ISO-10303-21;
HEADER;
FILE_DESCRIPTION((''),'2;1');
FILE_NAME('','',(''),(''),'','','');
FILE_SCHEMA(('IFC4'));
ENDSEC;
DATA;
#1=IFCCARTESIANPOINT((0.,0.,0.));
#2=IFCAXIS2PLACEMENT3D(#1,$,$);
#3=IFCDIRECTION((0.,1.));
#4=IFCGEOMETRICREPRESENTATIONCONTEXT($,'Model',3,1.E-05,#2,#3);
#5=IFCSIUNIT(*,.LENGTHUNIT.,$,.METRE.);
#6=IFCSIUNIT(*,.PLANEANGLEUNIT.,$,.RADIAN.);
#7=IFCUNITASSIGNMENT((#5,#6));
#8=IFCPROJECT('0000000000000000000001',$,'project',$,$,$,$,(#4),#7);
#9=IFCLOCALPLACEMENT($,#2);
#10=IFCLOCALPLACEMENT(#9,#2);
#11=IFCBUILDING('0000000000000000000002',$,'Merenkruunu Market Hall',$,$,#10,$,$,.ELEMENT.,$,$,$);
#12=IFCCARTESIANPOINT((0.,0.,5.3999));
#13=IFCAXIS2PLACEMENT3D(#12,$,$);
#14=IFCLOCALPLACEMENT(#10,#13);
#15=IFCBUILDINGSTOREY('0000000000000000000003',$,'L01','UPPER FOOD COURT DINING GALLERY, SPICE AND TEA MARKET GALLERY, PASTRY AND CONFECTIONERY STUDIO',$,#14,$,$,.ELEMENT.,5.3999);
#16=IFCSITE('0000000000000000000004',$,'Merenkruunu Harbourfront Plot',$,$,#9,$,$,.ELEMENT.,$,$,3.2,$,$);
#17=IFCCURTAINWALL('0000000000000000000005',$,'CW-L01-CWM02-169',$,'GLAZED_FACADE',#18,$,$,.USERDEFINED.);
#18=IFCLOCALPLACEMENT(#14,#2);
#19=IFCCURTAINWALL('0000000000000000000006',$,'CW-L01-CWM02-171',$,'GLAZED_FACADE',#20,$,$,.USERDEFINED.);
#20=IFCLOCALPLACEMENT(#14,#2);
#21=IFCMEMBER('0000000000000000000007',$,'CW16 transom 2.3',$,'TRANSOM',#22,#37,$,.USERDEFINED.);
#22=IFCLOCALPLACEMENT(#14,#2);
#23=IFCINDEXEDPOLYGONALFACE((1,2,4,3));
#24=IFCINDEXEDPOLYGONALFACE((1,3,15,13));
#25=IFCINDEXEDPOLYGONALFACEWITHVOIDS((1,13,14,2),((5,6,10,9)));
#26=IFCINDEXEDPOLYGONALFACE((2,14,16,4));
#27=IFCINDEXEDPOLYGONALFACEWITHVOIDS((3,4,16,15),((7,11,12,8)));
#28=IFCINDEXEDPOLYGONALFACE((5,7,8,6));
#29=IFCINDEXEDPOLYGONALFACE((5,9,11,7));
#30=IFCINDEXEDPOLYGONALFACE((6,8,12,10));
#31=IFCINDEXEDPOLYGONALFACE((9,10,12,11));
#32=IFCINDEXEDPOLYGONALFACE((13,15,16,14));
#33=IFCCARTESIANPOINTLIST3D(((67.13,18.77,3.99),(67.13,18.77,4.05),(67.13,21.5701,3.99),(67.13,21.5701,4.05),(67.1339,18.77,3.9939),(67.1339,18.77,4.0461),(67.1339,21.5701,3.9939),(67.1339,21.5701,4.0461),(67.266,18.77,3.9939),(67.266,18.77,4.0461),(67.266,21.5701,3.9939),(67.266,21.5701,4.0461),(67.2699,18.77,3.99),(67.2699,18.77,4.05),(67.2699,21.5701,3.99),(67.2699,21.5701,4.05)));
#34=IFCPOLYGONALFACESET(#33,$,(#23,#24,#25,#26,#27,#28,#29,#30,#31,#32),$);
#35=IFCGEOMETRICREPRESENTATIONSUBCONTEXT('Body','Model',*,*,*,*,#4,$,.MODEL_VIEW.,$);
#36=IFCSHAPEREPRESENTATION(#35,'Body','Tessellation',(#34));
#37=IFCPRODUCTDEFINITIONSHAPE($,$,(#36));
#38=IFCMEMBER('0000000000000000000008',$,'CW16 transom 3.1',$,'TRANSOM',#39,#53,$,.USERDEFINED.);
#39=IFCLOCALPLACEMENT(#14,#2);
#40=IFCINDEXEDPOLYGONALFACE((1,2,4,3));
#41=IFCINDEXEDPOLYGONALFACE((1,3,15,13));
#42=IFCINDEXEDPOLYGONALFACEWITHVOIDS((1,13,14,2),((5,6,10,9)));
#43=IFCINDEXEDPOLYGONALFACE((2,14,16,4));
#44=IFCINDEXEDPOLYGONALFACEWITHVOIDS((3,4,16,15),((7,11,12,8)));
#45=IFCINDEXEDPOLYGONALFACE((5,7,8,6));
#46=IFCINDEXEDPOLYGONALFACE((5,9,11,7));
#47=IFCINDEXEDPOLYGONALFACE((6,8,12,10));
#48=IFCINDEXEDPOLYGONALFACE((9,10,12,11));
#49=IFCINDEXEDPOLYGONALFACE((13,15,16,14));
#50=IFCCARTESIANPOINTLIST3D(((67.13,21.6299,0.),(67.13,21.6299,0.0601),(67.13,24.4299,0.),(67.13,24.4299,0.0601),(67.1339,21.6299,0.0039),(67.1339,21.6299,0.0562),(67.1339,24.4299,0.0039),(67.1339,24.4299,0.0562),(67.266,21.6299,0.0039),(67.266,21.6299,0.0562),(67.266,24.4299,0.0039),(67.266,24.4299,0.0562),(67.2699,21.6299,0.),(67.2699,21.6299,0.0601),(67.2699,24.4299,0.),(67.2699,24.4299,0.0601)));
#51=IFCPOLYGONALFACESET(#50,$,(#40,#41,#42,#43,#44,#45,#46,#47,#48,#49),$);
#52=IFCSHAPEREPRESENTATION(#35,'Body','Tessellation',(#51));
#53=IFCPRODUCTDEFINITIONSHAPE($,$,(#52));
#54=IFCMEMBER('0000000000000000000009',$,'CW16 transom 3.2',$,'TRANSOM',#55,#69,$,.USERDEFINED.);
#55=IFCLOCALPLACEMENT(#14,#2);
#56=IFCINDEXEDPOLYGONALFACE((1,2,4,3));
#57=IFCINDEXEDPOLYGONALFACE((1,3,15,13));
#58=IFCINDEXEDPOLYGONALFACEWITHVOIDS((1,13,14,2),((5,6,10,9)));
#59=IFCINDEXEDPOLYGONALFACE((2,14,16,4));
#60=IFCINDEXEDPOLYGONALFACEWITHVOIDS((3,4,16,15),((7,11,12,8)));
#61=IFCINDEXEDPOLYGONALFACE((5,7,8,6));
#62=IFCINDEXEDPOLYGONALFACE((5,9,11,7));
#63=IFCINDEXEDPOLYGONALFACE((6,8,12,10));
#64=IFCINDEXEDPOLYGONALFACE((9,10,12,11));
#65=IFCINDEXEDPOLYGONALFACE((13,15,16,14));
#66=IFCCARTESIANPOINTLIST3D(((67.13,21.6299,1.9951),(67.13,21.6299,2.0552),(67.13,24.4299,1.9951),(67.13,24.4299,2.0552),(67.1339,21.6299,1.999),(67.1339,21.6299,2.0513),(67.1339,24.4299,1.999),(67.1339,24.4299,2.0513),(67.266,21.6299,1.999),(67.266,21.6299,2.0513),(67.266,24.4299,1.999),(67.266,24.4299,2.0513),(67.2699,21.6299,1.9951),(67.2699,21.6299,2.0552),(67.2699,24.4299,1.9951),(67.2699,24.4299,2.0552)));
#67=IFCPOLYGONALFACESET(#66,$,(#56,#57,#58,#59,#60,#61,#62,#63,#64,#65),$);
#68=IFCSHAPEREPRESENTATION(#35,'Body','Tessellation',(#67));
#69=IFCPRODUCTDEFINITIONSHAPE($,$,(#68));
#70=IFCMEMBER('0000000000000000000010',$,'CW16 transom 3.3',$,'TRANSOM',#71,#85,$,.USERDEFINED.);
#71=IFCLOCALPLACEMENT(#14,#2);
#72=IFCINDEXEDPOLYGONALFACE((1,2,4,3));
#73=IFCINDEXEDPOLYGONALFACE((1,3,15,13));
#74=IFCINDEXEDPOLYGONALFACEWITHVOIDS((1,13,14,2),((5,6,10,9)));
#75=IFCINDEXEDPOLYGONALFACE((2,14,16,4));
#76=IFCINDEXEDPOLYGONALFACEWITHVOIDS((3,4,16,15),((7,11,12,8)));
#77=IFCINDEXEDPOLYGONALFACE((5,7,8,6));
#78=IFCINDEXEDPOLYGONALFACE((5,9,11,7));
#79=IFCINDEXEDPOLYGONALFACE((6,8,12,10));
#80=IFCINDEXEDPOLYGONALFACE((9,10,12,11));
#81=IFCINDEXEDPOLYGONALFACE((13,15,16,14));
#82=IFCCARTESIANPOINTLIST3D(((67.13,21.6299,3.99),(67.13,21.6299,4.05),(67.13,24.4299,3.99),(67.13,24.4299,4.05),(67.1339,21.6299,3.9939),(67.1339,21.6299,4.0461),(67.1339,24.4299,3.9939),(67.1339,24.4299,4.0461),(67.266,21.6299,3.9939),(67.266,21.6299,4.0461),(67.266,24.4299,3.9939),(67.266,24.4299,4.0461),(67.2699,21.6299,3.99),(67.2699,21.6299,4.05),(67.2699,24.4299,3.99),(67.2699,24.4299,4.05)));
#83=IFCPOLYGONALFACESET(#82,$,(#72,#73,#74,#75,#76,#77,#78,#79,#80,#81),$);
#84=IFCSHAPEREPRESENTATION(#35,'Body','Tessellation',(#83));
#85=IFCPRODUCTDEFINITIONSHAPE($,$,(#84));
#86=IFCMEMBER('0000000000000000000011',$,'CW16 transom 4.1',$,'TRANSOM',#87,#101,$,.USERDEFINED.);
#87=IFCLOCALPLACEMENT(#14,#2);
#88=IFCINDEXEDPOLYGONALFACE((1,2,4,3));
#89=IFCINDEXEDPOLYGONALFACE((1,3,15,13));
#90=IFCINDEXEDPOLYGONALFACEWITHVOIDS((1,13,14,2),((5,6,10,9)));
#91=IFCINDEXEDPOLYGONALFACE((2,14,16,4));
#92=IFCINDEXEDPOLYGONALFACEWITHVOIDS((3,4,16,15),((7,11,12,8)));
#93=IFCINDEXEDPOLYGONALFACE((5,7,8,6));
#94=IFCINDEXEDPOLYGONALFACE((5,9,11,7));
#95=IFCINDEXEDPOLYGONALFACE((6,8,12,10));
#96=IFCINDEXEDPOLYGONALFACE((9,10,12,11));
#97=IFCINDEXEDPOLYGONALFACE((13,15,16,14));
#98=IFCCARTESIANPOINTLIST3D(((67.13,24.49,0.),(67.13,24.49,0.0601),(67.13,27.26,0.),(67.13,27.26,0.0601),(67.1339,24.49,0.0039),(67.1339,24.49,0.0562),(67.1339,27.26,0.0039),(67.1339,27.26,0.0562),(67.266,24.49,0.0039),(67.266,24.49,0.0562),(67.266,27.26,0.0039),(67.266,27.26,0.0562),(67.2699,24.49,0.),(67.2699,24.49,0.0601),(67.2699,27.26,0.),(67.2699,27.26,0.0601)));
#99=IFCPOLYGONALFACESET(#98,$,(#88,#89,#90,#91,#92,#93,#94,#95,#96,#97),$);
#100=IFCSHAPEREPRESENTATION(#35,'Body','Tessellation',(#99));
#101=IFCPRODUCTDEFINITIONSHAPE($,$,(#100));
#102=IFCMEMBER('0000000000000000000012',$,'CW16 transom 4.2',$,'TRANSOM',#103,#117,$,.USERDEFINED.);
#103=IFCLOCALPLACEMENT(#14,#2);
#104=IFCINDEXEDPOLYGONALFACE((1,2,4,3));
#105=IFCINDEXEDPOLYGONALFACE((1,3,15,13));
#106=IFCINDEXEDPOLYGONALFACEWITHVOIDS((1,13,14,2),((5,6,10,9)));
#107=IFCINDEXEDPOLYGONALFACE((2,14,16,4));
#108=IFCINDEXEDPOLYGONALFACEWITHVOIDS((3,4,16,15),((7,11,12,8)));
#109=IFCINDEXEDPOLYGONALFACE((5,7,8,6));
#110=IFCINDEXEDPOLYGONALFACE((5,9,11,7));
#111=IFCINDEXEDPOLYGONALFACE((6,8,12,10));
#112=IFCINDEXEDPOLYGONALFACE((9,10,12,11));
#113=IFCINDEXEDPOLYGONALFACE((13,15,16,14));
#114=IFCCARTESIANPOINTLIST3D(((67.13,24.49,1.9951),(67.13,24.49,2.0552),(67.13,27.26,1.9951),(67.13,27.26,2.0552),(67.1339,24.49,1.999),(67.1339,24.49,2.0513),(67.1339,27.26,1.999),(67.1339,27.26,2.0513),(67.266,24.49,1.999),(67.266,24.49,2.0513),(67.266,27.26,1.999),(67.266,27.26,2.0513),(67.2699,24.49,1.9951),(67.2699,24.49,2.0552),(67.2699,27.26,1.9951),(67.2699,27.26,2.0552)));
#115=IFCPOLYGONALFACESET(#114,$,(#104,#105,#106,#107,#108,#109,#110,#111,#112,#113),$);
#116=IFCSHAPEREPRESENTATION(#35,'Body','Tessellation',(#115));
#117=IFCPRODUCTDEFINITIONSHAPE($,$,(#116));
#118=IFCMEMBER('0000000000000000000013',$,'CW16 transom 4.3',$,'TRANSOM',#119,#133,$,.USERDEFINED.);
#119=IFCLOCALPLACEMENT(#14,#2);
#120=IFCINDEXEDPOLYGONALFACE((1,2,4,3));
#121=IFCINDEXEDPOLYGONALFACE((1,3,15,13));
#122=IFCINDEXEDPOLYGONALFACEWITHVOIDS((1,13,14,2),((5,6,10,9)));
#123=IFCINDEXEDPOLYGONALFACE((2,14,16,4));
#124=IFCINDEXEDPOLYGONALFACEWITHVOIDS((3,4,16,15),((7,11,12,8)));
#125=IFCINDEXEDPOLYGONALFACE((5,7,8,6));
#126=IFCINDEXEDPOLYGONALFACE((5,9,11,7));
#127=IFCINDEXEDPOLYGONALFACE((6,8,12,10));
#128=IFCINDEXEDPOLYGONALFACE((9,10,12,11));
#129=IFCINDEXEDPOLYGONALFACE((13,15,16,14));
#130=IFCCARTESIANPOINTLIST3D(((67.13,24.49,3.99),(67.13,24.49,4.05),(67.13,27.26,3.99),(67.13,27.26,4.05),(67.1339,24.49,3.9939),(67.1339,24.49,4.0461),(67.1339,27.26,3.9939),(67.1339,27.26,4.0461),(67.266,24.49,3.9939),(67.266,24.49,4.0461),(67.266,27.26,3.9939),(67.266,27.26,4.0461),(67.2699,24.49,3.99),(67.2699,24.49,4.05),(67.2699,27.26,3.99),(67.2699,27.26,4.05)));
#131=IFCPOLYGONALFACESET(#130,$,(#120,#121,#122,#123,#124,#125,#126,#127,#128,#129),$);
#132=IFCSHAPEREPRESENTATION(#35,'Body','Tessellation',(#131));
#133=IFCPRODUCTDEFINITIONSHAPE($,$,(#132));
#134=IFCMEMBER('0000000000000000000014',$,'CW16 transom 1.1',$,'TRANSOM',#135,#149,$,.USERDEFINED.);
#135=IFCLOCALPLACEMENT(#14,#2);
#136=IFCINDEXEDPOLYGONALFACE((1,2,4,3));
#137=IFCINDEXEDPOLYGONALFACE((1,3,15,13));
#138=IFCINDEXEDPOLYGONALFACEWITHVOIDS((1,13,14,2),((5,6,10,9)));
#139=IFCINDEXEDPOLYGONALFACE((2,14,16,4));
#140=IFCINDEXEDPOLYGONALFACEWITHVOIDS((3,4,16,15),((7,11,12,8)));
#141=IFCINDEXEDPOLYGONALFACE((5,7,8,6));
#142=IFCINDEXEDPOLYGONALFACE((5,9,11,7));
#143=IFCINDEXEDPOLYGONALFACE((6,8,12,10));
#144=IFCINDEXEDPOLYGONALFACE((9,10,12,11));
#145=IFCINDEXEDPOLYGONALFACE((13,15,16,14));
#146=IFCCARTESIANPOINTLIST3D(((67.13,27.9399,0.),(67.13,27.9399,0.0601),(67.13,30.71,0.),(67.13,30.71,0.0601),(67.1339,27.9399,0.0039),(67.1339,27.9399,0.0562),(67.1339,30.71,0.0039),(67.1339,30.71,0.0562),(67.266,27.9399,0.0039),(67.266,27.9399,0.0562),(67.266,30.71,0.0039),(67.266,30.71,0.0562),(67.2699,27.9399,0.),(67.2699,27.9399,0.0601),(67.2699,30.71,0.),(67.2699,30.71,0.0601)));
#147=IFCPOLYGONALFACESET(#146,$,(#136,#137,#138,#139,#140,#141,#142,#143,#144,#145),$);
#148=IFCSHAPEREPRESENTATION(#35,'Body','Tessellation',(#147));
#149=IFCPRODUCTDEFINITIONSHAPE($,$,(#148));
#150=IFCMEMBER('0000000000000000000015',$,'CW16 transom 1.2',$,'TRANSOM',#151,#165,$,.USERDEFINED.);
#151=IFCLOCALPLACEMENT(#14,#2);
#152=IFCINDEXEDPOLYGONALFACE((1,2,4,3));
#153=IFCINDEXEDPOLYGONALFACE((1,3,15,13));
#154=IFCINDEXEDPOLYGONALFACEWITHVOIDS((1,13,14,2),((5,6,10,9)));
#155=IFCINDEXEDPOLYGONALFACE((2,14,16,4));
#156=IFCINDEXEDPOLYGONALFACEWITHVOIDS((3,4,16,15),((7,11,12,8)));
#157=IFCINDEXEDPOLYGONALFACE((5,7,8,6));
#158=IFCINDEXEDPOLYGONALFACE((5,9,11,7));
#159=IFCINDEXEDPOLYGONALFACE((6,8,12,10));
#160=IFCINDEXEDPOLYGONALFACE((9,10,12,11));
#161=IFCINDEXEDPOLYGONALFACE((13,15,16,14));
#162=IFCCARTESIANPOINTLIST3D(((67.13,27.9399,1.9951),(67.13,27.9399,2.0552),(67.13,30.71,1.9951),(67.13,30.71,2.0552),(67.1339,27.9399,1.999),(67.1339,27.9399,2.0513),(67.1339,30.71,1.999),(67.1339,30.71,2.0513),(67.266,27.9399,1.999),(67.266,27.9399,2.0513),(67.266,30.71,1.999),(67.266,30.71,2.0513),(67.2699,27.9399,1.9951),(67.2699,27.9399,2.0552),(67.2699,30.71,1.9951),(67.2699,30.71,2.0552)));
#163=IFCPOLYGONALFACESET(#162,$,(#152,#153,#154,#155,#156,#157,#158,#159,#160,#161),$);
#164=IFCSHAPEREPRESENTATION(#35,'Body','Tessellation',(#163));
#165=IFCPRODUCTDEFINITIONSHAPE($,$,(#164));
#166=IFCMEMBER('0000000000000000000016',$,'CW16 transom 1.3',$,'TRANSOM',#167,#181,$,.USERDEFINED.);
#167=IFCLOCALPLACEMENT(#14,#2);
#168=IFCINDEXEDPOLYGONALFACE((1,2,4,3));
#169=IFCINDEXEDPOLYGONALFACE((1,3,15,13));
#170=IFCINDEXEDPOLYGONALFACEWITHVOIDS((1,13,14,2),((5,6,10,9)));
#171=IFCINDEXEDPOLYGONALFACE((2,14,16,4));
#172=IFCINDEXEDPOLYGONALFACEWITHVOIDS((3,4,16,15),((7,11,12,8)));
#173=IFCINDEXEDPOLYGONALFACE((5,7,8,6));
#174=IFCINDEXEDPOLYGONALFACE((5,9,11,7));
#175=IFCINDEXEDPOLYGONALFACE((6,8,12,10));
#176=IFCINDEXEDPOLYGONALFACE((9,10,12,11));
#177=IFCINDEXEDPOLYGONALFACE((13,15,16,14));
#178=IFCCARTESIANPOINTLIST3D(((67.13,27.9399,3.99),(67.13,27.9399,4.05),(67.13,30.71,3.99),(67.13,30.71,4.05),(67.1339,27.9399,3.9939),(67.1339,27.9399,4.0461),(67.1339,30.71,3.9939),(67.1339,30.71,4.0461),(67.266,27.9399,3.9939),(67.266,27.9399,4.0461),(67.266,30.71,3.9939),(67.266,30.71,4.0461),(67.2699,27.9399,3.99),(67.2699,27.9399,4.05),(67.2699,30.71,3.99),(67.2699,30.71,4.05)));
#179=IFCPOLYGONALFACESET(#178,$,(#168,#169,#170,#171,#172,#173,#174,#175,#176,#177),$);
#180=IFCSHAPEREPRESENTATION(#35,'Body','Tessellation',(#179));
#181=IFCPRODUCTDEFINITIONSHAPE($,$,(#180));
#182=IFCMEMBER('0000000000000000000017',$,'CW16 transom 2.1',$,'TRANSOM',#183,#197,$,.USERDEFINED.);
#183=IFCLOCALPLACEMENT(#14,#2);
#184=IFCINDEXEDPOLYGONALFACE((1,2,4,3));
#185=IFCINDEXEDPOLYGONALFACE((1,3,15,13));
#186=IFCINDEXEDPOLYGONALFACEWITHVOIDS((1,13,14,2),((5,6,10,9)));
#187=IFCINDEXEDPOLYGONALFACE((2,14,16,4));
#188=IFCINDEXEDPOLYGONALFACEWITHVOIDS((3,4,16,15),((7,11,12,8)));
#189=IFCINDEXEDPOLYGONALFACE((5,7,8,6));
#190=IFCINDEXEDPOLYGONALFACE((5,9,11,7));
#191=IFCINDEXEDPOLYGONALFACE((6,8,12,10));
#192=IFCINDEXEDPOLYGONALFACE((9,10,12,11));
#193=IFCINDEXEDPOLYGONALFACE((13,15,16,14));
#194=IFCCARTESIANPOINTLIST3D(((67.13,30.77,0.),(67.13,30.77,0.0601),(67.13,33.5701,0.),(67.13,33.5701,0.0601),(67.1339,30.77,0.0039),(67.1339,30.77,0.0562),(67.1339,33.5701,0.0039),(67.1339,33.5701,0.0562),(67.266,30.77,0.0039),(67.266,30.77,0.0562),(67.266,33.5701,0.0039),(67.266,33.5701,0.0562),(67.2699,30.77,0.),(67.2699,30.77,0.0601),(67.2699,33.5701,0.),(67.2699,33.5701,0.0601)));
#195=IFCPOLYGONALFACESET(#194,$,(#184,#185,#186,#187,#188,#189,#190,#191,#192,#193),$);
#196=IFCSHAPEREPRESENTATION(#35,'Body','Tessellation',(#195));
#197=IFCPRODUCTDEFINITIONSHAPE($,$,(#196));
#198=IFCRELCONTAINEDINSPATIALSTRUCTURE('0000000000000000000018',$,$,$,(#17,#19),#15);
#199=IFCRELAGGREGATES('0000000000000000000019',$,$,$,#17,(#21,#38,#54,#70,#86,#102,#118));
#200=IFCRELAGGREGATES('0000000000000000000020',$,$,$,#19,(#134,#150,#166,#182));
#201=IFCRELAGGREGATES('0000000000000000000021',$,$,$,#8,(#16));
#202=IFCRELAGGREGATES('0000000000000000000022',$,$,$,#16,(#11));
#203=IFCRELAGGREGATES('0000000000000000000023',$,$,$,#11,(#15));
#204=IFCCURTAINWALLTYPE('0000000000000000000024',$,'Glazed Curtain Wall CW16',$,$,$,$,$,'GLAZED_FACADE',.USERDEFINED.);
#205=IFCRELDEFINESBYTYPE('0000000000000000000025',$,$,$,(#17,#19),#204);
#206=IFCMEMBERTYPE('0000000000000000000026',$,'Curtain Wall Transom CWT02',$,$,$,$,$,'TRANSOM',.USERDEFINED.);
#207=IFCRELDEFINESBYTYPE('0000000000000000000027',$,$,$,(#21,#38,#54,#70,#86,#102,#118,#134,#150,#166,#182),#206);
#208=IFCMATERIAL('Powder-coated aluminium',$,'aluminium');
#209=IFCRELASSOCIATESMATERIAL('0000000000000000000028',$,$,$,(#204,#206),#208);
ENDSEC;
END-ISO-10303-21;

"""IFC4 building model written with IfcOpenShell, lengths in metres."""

from ifc_helpers import new_model, si_unit, direction, frame, origin, origin_2d, place, context, subcontext, project, spatial, hollow_rectangle, extrude, material, material_profile, profile_set, type_object, element, aggregate, save


model = new_model("IFC4")

# Units and contexts
model_context = context("Model", 3, precision=1e-05, world=origin(), true_north=direction((0.0, 1.0)))
body_context = subcontext(model_context, "Body", "Model", "MODEL_VIEW")
ifc_project = project(units=[si_unit("LENGTHUNIT", "METRE"), si_unit("PLANEANGLEUNIT", "RADIAN")], contexts=[model_context])

# Site, building, storey
site_placement = place(None, origin())
site = spatial("IfcSite", under=ifc_project, at=site_placement, Name="Merenkruunu Harbourfront Plot", CompositionType="ELEMENT", RefElevation=3.2)
building_placement = place(site_placement, origin())
building = spatial("IfcBuilding", under=site, at=building_placement, Name="Merenkruunu Market Hall", CompositionType="ELEMENT")
storey_placement = place(building_placement, frame((0.0, 0.0, 5.3999)))
storey = spatial("IfcBuildingStorey", under=building, at=storey_placement, Name="L01", Description="UPPER FOOD COURT DINING GALLERY, SPICE AND TEA MARKET GALLERY, PASTRY AND CONFECTIONERY STUDIO", CompositionType="ELEMENT", Elevation=5.3999)

# Shared definitions
ifc_material_1 = material(Name="Powder-coated aluminium", Category="aluminium")

# Curtain walls
curtain_wall_type_1 = type_object("IfcCurtainWallType", Name="Glazed Curtain Wall CW16", ElementType="GLAZED_FACADE", PredefinedType="USERDEFINED", material=ifc_material_1)
curtain_wall_1_placement = place(storey_placement, origin())
curtain_wall_1 = element("IfcCurtainWall", 1, at=curtain_wall_1_placement, inside=storey, type_object=curtain_wall_type_1, Name="CW-L01-CWM02-169", ObjectType="GLAZED_FACADE", PredefinedType="USERDEFINED")
curtain_wall_2_placement = place(storey_placement, origin())
curtain_wall_2 = element("IfcCurtainWall", 2, at=curtain_wall_2_placement, inside=storey, type_object=curtain_wall_type_1, Name="CW-L01-CWM02-171", ObjectType="GLAZED_FACADE", PredefinedType="USERDEFINED")

# Members
ifc_material_profile_1 = material_profile(ifc_material_1, hollow_rectangle(XDim=0.0601, YDim=0.1399, WallThickness=0.0039, at=origin_2d()), Name="ALU 60x140x4")
ifc_profile_set_1 = profile_set([ifc_material_profile_1], Name="Powder-coated aluminium")
member_type_1 = type_object("IfcMemberType", Name="Curtain Wall Transom CWT02", ElementType="TRANSOM", PredefinedType="USERDEFINED", material=ifc_profile_set_1)
member_1_placement = place(storey_placement, frame((67.2, 18.77, 4.02), z_axis=(0.0, 1.0, 0.0), x_axis=(0.0, 0.0, 1.0)))
member_1 = element("IfcMember", 3, at=member_1_placement, type_object=member_type_1, Name="CW16 transom 2.3", ObjectType="TRANSOM", PredefinedType="USERDEFINED", context=body_context, shape_type="SweptSolid", body=[
    extrude(hollow_rectangle(XDim=0.0601, YDim=0.1399, WallThickness=0.0039, at=origin_2d()), origin(), (0.0, 0.0, 1.0), 2.8),
])
member_2_placement = place(storey_placement, frame((67.2, 21.6299, 0.03), z_axis=(0.0, 1.0, 0.0), x_axis=(0.0, 0.0, 1.0)))
member_2 = element("IfcMember", 4, at=member_2_placement, type_object=member_type_1, Name="CW16 transom 3.1", ObjectType="TRANSOM", PredefinedType="USERDEFINED", context=body_context, shape_type="SweptSolid", body=[
    extrude(hollow_rectangle(XDim=0.0601, YDim=0.1399, WallThickness=0.0039, at=origin_2d()), origin(), (0.0, 0.0, 1.0), 2.8),
])
member_3_placement = place(storey_placement, frame((67.2, 21.6299, 2.0251), z_axis=(0.0, 1.0, 0.0), x_axis=(0.0, 0.0, 1.0)))
member_3 = element("IfcMember", 5, at=member_3_placement, type_object=member_type_1, Name="CW16 transom 3.2", ObjectType="TRANSOM", PredefinedType="USERDEFINED", context=body_context, shape_type="SweptSolid", body=[
    extrude(hollow_rectangle(XDim=0.0601, YDim=0.1399, WallThickness=0.0039, at=origin_2d()), origin(), (0.0, 0.0, 1.0), 2.8),
])
member_4_placement = place(storey_placement, frame((67.2, 21.6299, 4.02), z_axis=(0.0, 1.0, 0.0), x_axis=(0.0, 0.0, 1.0)))
member_4 = element("IfcMember", 6, at=member_4_placement, type_object=member_type_1, Name="CW16 transom 3.3", ObjectType="TRANSOM", PredefinedType="USERDEFINED", context=body_context, shape_type="SweptSolid", body=[
    extrude(hollow_rectangle(XDim=0.0601, YDim=0.1399, WallThickness=0.0039, at=origin_2d()), origin(), (0.0, 0.0, 1.0), 2.8),
])
member_5_placement = place(storey_placement, frame((67.2, 24.49, 0.03), z_axis=(0.0, 1.0, 0.0), x_axis=(0.0, 0.0, 1.0)))
member_5 = element("IfcMember", 7, at=member_5_placement, type_object=member_type_1, Name="CW16 transom 4.1", ObjectType="TRANSOM", PredefinedType="USERDEFINED", context=body_context, shape_type="SweptSolid", body=[
    extrude(hollow_rectangle(XDim=0.0601, YDim=0.1399, WallThickness=0.0039, at=origin_2d()), origin(), (0.0, 0.0, 1.0), 2.77),
])
member_6_placement = place(storey_placement, frame((67.2, 24.49, 2.0251), z_axis=(0.0, 1.0, 0.0), x_axis=(0.0, 0.0, 1.0)))
member_6 = element("IfcMember", 8, at=member_6_placement, type_object=member_type_1, Name="CW16 transom 4.2", ObjectType="TRANSOM", PredefinedType="USERDEFINED", context=body_context, shape_type="SweptSolid", body=[
    extrude(hollow_rectangle(XDim=0.0601, YDim=0.1399, WallThickness=0.0039, at=origin_2d()), origin(), (0.0, 0.0, 1.0), 2.77),
])
member_7_placement = place(storey_placement, frame((67.2, 24.49, 4.02), z_axis=(0.0, 1.0, 0.0), x_axis=(0.0, 0.0, 1.0)))
member_7 = element("IfcMember", 9, at=member_7_placement, type_object=member_type_1, Name="CW16 transom 4.3", ObjectType="TRANSOM", PredefinedType="USERDEFINED", context=body_context, shape_type="SweptSolid", body=[
    extrude(hollow_rectangle(XDim=0.0601, YDim=0.1399, WallThickness=0.0039, at=origin_2d()), origin(), (0.0, 0.0, 1.0), 2.77),
])
member_8_placement = place(storey_placement, frame((67.2, 27.9399, 0.03), z_axis=(0.0, 1.0, 0.0), x_axis=(0.0, 0.0, 1.0)))
member_8 = element("IfcMember", 10, at=member_8_placement, type_object=member_type_1, Name="CW16 transom 1.1", ObjectType="TRANSOM", PredefinedType="USERDEFINED", context=body_context, shape_type="SweptSolid", body=[
    extrude(hollow_rectangle(XDim=0.0601, YDim=0.1399, WallThickness=0.0039, at=origin_2d()), origin(), (0.0, 0.0, 1.0), 2.77),
])
member_9_placement = place(storey_placement, frame((67.2, 27.9399, 2.0251), z_axis=(0.0, 1.0, 0.0), x_axis=(0.0, 0.0, 1.0)))
member_9 = element("IfcMember", 11, at=member_9_placement, type_object=member_type_1, Name="CW16 transom 1.2", ObjectType="TRANSOM", PredefinedType="USERDEFINED", context=body_context, shape_type="SweptSolid", body=[
    extrude(hollow_rectangle(XDim=0.0601, YDim=0.1399, WallThickness=0.0039, at=origin_2d()), origin(), (0.0, 0.0, 1.0), 2.77),
])
member_10_placement = place(storey_placement, frame((67.2, 27.9399, 4.02), z_axis=(0.0, 1.0, 0.0), x_axis=(0.0, 0.0, 1.0)))
member_10 = element("IfcMember", 12, at=member_10_placement, type_object=member_type_1, Name="CW16 transom 1.3", ObjectType="TRANSOM", PredefinedType="USERDEFINED", context=body_context, shape_type="SweptSolid", body=[
    extrude(hollow_rectangle(XDim=0.0601, YDim=0.1399, WallThickness=0.0039, at=origin_2d()), origin(), (0.0, 0.0, 1.0), 2.77),
])
member_11_placement = place(storey_placement, frame((67.2, 30.77, 0.03), z_axis=(0.0, 1.0, 0.0), x_axis=(0.0, 0.0, 1.0)))
member_11 = element("IfcMember", 13, at=member_11_placement, type_object=member_type_1, Name="CW16 transom 2.1", ObjectType="TRANSOM", PredefinedType="USERDEFINED", context=body_context, shape_type="SweptSolid", body=[
    extrude(hollow_rectangle(XDim=0.0601, YDim=0.1399, WallThickness=0.0039, at=origin_2d()), origin(), (0.0, 0.0, 1.0), 2.8),
])

aggregate(curtain_wall_1, [member_1, member_2, member_3, member_4, member_5, member_6, member_7])
aggregate(curtain_wall_2, [member_8, member_9, member_10, member_11])

save(model, "model.ifc")
